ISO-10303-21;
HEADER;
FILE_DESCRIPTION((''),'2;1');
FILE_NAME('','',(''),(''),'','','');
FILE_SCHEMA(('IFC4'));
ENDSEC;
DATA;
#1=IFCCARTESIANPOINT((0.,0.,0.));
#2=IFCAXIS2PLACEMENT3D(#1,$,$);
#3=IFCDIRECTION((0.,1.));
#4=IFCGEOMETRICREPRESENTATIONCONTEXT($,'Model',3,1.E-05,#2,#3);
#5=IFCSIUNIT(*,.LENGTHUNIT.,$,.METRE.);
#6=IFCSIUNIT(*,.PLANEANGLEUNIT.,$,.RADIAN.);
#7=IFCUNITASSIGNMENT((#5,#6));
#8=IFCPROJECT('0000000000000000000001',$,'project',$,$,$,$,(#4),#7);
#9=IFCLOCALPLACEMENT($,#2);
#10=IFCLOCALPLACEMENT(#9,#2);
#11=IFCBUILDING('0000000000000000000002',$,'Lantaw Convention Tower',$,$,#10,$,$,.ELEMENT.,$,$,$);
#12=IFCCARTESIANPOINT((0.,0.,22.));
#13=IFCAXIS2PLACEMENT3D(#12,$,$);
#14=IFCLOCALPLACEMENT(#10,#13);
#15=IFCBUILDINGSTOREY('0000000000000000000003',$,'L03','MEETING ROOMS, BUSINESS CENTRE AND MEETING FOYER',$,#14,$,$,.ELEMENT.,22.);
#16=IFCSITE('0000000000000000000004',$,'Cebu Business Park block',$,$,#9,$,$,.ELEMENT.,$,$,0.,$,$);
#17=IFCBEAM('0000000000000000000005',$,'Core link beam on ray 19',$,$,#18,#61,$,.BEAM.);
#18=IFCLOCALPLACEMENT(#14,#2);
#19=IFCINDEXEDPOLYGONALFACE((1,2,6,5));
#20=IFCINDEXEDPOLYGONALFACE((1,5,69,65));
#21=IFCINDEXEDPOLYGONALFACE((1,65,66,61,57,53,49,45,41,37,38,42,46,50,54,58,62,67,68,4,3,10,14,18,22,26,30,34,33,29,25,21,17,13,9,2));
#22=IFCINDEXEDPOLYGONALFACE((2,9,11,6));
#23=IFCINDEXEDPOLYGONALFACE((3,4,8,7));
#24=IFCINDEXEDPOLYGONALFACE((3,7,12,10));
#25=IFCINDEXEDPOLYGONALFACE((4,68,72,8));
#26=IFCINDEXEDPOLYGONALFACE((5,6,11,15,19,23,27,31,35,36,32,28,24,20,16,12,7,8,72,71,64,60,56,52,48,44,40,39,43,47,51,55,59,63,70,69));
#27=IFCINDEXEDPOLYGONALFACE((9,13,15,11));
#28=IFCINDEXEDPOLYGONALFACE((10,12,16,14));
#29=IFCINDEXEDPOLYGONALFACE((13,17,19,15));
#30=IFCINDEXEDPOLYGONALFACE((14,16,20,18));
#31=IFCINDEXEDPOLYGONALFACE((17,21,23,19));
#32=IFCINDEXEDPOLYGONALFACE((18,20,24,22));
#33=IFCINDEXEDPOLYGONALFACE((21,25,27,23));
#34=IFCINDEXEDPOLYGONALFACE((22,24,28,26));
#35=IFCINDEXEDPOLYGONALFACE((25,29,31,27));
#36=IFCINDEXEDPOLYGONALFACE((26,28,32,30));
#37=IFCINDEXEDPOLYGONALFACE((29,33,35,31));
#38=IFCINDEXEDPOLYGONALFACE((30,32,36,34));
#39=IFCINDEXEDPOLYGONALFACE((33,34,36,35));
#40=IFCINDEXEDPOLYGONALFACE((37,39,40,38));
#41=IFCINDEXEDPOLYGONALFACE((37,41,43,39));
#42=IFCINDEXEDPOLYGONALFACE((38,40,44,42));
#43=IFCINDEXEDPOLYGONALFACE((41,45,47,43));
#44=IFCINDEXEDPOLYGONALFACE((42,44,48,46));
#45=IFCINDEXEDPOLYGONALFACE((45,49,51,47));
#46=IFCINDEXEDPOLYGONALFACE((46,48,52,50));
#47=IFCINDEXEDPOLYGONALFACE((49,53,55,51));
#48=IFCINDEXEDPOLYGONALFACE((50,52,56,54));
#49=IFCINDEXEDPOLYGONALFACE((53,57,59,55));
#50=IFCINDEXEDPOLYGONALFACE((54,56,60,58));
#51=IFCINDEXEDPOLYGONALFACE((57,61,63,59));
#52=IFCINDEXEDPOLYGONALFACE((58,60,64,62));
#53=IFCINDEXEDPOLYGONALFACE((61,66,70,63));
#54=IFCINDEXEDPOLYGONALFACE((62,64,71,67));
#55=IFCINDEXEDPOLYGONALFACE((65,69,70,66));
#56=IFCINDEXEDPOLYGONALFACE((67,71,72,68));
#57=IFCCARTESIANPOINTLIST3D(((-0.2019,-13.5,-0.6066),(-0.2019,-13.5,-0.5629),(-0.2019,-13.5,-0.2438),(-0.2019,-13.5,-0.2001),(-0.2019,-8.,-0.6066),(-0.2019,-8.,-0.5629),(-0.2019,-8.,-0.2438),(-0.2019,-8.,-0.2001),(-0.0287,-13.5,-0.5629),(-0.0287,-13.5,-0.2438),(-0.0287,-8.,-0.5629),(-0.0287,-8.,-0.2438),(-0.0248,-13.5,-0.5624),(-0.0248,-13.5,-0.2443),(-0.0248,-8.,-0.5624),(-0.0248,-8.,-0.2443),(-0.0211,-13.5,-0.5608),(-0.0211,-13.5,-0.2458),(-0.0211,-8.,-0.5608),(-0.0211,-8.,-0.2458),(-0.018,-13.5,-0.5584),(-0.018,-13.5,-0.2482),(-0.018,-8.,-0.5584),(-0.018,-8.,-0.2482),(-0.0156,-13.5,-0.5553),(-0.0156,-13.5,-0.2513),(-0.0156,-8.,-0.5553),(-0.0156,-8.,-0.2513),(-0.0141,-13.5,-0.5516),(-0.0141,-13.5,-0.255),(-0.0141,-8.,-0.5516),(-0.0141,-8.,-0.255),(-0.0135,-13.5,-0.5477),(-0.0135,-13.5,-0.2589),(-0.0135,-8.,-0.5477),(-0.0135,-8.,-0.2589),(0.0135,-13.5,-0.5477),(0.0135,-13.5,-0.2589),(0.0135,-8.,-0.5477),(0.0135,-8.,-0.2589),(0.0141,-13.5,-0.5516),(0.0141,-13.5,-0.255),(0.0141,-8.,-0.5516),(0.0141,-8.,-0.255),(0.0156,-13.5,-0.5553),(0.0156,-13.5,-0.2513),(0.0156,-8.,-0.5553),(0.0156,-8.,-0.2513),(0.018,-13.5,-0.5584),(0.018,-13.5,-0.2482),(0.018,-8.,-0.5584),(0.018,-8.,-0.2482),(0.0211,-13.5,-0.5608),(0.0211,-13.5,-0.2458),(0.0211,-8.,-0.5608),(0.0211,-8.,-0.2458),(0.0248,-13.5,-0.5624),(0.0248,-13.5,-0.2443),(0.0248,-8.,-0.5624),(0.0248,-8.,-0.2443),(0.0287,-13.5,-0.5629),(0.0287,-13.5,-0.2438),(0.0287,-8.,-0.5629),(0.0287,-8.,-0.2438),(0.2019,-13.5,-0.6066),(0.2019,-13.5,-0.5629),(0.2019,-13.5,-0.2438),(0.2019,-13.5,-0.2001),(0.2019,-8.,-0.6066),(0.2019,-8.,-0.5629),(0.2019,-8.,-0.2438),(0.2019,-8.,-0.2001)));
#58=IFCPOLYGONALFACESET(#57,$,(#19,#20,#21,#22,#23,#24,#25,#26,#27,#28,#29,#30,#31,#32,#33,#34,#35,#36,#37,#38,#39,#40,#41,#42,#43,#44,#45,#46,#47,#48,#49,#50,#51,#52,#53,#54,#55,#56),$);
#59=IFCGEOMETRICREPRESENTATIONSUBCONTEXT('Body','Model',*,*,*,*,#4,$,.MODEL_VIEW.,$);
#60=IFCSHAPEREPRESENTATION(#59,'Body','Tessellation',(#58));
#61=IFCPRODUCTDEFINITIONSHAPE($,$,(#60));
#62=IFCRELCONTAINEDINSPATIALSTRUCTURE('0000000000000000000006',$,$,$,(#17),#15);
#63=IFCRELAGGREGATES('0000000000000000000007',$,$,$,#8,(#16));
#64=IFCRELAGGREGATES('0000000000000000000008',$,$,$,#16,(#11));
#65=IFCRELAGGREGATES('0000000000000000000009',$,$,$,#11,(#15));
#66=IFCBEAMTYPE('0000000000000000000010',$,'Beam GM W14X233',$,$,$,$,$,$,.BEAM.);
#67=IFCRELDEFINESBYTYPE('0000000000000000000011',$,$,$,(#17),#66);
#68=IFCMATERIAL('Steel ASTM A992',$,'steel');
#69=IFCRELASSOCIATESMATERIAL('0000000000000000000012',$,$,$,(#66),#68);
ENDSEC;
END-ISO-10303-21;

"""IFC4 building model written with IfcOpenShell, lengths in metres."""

from ifc_helpers import new_model, si_unit, direction, frame, origin, origin_2d, place, context, subcontext, project, spatial, i_section, extrude, material, material_profile, profile_set, type_object, element, save


model = new_model("IFC4")

# Units and contexts
model_context = context("Model", 3, precision=1e-05, world=origin(), true_north=direction((0.0, 1.0)))
body_context = subcontext(model_context, "Body", "Model", "MODEL_VIEW")
ifc_project = project(units=[si_unit("LENGTHUNIT", "METRE"), si_unit("PLANEANGLEUNIT", "RADIAN")], contexts=[model_context])

# Site, building, storey
site_placement = place(None, origin())
site = spatial("IfcSite", under=ifc_project, at=site_placement, Name="Cebu Business Park block", CompositionType="ELEMENT", RefElevation=0.0)
building_placement = place(site_placement, origin())
building = spatial("IfcBuilding", under=site, at=building_placement, Name="Lantaw Convention Tower", CompositionType="ELEMENT")
storey_placement = place(building_placement, frame((0.0, 0.0, 22.0)))
storey = spatial("IfcBuildingStorey", under=building, at=storey_placement, Name="L03", Description="MEETING ROOMS, BUSINESS CENTRE AND MEETING FOYER", CompositionType="ELEMENT", Elevation=22.0)

# Beam
ifc_material_1 = material(Name="Steel ASTM A992", Category="steel")
ifc_material_profile_1 = material_profile(ifc_material_1, i_section(OverallWidth=0.4038, OverallDepth=0.4065, WebThickness=0.0271, FlangeThickness=0.0437, FilletRadius=0.0151, at=origin_2d()), Name="W14X233")
ifc_profile_set_1 = profile_set([ifc_material_profile_1], Name="Steel ASTM A992")
beam_type_1 = type_object("IfcBeamType", Name="Beam GM W14X233", PredefinedType="BEAM", material=ifc_profile_set_1)
beam_1_placement = place(storey_placement, frame((0.0, -8.0, -0.4033), z_axis=(0.0, -1.0, 0.0), x_axis=(1.0, 0.0, 0.0)))
element("IfcBeam", 1, at=beam_1_placement, inside=storey, type_object=beam_type_1, Name="Core link beam on ray 19", PredefinedType="BEAM", context=body_context, shape_type="SweptSolid", body=[
    extrude(i_section(OverallWidth=0.4038, OverallDepth=0.4065, WebThickness=0.0271, FlangeThickness=0.0437, FilletRadius=0.0151, at=origin_2d()), origin(), (0.0, 0.0, 1.0), 5.5),
])

save(model, "model.ifc")
